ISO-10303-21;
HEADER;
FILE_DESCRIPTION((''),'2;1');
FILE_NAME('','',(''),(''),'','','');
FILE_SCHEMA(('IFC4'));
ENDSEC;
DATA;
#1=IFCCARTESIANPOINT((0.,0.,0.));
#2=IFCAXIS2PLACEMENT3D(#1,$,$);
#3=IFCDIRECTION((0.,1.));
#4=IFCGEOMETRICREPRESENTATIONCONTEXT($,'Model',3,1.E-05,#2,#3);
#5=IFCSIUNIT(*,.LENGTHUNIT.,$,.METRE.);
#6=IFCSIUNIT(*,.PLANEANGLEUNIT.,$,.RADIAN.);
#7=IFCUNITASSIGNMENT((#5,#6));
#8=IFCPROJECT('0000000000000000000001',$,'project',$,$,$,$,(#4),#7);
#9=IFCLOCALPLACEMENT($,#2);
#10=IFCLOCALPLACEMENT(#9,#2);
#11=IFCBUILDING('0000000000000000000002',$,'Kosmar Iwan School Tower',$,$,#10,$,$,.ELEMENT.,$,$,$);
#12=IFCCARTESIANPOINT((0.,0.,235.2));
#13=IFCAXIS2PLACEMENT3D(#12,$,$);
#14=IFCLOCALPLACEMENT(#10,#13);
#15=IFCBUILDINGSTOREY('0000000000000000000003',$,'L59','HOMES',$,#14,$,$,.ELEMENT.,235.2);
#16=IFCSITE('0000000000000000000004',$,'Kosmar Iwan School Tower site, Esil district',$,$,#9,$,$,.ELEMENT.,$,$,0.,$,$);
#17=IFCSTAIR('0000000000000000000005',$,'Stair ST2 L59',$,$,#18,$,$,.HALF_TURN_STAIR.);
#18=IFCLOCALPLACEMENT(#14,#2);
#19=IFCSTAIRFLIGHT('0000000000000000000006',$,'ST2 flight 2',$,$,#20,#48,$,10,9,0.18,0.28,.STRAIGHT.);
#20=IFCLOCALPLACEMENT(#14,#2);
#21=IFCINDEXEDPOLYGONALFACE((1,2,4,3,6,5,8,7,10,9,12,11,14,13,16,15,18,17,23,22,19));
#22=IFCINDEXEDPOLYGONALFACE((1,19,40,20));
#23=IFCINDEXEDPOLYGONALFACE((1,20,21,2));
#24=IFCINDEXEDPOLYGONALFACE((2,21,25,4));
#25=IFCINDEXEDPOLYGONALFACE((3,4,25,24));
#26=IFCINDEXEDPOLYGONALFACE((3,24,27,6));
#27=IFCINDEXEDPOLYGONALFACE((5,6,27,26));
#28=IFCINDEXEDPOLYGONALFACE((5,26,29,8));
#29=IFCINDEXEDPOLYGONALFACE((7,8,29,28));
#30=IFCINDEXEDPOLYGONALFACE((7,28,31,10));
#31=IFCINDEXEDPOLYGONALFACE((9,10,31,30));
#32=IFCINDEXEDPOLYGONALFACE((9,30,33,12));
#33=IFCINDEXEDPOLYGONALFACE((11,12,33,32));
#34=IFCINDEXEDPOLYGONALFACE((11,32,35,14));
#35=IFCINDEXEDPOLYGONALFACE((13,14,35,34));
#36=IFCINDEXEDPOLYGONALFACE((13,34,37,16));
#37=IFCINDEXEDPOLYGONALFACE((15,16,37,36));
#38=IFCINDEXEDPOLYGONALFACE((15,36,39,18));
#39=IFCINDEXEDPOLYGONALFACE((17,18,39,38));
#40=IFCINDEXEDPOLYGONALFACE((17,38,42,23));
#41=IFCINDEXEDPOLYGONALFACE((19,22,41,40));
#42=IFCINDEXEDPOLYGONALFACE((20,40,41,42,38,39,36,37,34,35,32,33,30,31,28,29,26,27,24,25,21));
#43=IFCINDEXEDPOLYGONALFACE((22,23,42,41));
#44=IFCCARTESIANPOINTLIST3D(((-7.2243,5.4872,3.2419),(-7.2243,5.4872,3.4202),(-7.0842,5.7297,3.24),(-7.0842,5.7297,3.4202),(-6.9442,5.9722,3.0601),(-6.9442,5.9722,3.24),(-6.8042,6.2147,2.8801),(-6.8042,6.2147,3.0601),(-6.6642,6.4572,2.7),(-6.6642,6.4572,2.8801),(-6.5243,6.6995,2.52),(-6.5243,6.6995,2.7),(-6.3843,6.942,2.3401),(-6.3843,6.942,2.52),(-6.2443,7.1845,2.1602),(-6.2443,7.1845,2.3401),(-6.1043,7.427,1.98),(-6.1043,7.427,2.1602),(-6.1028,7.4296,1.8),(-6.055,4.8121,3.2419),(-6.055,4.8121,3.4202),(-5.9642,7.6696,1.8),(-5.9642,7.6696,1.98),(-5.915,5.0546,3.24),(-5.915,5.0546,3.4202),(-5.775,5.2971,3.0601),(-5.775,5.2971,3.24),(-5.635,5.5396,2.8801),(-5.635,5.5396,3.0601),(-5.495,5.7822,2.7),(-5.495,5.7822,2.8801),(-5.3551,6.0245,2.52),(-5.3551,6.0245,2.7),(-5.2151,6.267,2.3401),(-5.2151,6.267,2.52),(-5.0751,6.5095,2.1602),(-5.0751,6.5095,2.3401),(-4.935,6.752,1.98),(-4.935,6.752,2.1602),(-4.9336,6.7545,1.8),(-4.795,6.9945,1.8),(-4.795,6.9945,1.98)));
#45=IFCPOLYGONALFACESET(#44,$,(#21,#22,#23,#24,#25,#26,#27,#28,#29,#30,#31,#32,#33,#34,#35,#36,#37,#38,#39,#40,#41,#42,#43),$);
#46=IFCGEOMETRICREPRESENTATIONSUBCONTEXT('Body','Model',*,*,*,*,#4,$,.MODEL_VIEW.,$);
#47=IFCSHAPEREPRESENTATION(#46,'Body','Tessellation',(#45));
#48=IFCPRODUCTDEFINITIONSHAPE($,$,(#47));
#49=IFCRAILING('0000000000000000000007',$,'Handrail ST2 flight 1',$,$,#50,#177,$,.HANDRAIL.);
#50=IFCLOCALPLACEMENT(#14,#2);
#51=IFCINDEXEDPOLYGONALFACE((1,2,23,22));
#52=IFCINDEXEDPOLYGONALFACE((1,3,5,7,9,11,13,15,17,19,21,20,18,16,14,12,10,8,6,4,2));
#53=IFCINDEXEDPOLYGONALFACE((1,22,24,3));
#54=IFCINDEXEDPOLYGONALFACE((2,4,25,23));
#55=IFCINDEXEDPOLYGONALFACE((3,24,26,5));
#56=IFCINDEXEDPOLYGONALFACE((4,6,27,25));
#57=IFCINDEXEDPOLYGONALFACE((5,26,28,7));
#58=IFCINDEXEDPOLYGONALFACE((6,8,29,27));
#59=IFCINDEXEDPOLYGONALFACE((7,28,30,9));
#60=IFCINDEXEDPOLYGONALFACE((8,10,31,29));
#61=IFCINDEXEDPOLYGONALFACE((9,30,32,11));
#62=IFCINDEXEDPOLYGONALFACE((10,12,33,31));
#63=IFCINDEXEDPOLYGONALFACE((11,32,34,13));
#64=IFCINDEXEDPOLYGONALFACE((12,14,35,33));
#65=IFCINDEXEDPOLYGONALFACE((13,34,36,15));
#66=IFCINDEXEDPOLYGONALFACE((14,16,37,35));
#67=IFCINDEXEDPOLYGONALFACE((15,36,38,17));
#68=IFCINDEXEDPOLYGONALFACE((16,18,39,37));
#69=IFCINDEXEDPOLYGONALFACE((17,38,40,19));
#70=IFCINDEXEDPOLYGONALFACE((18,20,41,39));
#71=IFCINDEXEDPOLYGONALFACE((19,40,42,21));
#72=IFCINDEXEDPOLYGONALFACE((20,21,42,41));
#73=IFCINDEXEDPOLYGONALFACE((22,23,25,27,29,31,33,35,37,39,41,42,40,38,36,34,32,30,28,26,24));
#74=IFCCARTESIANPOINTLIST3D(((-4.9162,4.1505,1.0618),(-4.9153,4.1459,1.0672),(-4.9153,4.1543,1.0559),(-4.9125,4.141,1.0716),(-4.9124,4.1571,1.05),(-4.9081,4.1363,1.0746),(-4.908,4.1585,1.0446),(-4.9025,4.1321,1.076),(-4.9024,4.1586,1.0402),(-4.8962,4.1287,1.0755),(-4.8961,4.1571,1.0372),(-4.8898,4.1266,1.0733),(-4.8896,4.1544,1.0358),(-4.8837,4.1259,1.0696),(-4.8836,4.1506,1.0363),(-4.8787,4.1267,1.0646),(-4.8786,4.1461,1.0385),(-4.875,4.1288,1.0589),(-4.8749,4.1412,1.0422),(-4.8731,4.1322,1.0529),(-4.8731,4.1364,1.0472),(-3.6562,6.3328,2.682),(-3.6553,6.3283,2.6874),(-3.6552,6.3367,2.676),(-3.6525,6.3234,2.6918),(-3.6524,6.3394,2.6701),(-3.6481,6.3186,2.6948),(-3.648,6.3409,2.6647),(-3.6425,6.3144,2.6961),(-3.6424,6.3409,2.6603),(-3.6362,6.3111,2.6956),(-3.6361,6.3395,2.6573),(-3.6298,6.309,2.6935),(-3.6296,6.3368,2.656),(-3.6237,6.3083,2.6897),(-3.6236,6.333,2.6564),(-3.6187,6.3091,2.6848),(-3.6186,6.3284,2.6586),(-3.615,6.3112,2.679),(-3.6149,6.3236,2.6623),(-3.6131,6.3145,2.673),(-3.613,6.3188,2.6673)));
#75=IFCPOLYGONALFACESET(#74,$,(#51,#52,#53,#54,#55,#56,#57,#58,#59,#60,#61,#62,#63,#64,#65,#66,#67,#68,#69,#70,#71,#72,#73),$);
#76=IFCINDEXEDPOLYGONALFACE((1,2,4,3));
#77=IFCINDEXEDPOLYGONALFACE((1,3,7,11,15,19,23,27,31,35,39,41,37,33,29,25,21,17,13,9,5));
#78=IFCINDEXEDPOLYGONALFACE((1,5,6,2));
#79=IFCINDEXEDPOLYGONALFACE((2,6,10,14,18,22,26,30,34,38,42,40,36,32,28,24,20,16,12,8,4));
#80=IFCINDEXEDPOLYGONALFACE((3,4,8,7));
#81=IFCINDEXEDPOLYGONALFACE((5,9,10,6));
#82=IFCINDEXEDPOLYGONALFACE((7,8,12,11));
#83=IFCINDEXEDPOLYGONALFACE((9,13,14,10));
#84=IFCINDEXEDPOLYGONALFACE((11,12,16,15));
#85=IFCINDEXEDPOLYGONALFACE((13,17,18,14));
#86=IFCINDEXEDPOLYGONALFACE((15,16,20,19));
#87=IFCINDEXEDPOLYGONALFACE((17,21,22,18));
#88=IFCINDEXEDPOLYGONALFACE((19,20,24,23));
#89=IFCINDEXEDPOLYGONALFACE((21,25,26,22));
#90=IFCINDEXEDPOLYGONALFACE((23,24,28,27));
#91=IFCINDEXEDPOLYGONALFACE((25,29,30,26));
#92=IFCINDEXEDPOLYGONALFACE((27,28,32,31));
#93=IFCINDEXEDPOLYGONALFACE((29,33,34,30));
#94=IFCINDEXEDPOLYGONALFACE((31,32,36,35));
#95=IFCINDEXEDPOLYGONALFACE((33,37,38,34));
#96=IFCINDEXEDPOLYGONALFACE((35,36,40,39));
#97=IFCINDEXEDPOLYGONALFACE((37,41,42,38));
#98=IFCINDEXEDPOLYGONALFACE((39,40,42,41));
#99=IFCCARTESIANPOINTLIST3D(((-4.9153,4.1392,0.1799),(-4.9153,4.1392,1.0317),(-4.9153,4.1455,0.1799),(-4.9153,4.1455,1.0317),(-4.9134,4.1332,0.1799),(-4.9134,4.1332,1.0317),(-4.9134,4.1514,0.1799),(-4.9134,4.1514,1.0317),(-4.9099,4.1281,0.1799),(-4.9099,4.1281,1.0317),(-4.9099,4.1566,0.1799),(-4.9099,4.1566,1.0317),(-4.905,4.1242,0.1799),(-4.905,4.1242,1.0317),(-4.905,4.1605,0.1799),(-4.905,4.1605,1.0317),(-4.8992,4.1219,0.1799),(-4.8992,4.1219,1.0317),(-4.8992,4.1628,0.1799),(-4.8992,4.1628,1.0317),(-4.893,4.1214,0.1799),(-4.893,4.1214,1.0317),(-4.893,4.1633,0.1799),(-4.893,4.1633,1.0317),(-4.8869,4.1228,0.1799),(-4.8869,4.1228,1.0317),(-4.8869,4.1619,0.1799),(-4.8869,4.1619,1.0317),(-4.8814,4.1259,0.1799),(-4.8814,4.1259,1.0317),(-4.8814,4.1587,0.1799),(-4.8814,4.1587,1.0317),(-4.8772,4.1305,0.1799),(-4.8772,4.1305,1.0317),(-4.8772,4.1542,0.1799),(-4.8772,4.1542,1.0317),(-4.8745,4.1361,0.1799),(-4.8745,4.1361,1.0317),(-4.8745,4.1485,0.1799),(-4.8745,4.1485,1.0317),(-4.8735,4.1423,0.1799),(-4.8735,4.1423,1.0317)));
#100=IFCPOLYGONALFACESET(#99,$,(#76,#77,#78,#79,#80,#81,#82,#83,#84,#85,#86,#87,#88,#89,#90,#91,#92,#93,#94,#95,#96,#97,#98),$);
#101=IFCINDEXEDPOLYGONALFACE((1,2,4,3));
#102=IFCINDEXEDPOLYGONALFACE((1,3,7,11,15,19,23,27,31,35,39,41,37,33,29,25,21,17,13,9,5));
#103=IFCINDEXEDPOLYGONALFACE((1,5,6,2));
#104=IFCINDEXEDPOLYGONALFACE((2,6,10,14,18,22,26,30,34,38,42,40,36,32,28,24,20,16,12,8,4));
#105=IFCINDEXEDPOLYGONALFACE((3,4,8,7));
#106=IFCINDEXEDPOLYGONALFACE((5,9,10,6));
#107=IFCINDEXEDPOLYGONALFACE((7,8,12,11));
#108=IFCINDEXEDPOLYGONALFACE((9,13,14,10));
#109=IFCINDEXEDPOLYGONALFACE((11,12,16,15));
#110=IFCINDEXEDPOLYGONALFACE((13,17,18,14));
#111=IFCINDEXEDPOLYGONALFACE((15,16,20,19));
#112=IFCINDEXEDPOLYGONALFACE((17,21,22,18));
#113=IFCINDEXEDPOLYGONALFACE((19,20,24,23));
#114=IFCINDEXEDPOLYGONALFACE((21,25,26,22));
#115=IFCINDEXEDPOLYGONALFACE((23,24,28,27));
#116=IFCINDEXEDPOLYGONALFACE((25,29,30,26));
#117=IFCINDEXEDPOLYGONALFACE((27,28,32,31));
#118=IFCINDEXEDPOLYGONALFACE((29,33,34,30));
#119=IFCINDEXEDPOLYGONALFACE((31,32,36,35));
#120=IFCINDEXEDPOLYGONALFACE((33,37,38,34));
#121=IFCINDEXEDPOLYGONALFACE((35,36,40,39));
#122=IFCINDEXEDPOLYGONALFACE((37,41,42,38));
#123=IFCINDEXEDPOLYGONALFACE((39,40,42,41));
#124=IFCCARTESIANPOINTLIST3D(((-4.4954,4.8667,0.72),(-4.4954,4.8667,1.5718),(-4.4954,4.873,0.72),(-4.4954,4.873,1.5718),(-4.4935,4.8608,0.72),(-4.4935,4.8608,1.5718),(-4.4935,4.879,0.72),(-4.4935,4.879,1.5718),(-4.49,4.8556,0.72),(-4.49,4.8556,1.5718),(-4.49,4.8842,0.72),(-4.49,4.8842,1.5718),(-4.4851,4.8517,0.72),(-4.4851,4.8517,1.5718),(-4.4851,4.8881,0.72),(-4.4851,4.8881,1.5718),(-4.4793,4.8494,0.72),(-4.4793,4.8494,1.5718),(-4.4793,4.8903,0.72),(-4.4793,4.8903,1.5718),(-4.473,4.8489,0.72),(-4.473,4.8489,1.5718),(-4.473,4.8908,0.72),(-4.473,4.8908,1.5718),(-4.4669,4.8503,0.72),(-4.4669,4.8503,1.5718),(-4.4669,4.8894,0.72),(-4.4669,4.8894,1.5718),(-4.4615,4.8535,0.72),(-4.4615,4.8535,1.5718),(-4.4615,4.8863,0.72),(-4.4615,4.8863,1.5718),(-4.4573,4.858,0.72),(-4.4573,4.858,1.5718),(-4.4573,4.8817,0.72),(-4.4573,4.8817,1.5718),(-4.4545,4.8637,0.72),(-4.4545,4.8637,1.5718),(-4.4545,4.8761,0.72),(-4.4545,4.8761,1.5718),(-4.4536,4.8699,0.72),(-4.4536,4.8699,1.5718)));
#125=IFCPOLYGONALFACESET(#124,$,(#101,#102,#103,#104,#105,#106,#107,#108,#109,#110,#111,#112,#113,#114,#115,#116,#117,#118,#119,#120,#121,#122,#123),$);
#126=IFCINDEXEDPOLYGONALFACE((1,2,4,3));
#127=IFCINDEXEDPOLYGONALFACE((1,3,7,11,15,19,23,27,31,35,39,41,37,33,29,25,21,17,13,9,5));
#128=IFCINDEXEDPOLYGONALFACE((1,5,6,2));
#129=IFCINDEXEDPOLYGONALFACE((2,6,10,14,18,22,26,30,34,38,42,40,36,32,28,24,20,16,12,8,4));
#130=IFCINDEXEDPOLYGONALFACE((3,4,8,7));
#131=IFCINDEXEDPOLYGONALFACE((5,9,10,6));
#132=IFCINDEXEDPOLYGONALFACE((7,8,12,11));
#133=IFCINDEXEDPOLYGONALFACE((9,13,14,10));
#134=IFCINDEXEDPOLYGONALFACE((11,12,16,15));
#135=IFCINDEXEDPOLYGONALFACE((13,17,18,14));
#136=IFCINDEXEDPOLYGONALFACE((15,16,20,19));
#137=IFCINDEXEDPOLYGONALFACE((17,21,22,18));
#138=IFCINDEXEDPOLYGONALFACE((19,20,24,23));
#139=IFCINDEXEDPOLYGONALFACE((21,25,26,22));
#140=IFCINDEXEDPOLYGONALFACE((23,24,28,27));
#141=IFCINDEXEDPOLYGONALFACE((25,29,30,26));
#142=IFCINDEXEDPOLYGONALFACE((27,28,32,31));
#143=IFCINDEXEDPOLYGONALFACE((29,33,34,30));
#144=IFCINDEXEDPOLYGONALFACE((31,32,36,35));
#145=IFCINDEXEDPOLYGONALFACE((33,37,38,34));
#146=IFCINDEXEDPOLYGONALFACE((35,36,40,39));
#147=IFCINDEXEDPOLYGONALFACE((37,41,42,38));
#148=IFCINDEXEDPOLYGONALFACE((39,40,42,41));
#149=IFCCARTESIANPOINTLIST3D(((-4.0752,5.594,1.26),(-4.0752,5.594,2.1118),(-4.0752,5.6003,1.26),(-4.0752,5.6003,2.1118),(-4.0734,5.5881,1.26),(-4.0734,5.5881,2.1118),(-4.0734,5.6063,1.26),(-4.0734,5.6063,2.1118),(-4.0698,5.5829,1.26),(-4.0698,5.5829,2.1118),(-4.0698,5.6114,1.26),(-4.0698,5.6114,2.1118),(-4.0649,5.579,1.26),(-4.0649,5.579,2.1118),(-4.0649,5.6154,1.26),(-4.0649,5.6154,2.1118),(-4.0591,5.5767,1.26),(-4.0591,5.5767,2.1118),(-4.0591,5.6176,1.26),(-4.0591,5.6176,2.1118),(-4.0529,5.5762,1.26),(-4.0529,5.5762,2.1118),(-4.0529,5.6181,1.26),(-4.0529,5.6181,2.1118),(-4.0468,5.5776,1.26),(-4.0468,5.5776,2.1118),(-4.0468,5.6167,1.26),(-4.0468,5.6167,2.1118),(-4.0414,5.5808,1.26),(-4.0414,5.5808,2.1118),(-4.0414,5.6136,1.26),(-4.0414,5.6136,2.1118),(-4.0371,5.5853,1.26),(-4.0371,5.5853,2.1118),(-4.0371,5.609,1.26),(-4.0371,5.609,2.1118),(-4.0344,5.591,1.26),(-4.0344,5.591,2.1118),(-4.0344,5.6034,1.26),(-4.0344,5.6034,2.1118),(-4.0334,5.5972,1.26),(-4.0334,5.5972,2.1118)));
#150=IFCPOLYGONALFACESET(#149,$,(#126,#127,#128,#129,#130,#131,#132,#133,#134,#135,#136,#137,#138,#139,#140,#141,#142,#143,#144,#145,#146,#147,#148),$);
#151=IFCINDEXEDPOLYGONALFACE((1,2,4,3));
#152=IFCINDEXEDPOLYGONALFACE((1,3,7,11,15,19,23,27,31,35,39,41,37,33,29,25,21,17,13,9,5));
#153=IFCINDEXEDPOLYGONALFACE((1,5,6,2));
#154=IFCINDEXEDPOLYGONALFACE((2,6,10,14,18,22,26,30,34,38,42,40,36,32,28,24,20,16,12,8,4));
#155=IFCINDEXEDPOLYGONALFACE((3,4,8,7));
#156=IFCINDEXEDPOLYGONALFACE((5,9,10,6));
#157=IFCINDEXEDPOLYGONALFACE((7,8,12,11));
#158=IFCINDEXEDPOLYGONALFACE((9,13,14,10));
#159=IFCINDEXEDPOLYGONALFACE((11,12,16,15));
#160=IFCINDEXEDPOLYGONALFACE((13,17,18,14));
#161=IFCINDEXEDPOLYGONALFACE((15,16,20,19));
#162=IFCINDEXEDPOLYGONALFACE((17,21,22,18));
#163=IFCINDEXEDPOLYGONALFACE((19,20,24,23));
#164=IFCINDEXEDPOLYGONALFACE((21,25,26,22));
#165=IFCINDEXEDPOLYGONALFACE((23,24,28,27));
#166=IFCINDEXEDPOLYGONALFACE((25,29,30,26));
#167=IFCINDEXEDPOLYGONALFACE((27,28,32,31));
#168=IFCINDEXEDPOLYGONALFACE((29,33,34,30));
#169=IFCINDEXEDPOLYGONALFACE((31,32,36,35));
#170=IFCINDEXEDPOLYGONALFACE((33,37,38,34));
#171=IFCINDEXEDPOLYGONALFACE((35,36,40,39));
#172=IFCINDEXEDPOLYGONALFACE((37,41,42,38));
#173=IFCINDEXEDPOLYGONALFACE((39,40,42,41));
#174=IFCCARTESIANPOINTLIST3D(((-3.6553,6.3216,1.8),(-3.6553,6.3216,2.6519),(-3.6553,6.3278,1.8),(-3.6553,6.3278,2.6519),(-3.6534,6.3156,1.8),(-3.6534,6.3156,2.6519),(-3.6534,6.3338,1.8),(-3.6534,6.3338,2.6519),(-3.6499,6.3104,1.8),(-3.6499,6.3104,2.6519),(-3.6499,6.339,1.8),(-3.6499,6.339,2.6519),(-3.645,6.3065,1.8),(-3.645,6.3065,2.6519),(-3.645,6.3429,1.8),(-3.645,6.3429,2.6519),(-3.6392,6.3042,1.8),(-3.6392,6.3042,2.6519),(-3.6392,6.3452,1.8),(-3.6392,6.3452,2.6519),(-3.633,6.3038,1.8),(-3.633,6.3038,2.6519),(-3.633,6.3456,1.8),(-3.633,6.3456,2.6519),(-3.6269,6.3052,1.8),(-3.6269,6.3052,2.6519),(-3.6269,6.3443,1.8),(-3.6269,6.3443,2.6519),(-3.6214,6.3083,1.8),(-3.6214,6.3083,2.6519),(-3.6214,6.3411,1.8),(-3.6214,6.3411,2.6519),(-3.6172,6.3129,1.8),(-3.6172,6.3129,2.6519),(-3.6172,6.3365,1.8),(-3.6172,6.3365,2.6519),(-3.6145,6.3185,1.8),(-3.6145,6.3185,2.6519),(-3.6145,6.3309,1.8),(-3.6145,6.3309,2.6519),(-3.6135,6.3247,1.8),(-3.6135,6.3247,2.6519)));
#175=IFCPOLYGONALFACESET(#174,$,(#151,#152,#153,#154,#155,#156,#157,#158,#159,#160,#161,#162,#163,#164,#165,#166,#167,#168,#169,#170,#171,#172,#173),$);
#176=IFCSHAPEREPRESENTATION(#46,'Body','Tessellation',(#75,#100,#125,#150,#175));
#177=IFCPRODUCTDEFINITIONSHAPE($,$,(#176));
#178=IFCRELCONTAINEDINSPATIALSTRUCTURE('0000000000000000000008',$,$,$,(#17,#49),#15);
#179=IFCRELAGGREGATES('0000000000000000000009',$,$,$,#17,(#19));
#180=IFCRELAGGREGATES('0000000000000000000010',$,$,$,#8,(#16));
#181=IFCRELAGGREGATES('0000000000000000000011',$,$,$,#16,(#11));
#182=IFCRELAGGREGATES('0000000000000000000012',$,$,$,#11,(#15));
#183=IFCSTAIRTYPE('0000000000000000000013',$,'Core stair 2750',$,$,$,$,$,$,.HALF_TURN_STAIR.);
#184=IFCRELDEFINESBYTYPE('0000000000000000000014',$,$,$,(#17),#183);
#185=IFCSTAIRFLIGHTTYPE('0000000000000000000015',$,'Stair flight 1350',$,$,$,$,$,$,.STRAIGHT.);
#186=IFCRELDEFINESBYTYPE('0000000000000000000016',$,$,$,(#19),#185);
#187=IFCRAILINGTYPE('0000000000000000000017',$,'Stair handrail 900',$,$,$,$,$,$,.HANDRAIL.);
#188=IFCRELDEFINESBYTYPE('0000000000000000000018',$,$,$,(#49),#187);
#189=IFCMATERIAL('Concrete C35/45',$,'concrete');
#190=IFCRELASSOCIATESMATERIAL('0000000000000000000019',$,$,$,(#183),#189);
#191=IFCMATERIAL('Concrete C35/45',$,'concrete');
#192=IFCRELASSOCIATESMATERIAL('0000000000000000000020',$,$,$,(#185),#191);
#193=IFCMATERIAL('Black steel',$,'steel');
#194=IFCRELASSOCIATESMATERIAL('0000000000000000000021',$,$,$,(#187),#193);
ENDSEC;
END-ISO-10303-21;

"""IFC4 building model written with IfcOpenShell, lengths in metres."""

from ifc_helpers import new_model, si_unit, direction, frame, origin, origin_2d, place, context, subcontext, project, spatial, polyline, circle, outline, extrude, material, type_object, element, aggregate, save


model = new_model("IFC4")

# Units and contexts
model_context = context("Model", 3, precision=1e-05, world=origin(), true_north=direction((0.0, 1.0)))
body_context = subcontext(model_context, "Body", "Model", "MODEL_VIEW")
ifc_project = project(units=[si_unit("LENGTHUNIT", "METRE"), si_unit("PLANEANGLEUNIT", "RADIAN")], contexts=[model_context])

# Site, building, storey
site_placement = place(None, origin())
site = spatial("IfcSite", under=ifc_project, at=site_placement, Name="Kosmar Iwan School Tower site, Esil district", CompositionType="ELEMENT", RefElevation=0.0)
building_placement = place(site_placement, origin())
building = spatial("IfcBuilding", under=site, at=building_placement, Name="Kosmar Iwan School Tower", CompositionType="ELEMENT")
storey_placement = place(building_placement, frame((0.0, 0.0, 235.2)))
storey = spatial("IfcBuildingStorey", under=building, at=storey_placement, Name="L59", Description="HOMES", CompositionType="ELEMENT", Elevation=235.2)

# Stair, stair flight
ifc_material_1 = material(Name="Concrete C35/45", Category="concrete")
stair_type = type_object("IfcStairType", Name="Core stair 2750", PredefinedType="HALF_TURN_STAIR", material=ifc_material_1)
stair_placement = place(storey_placement, origin())
stair = element("IfcStair", 1, at=stair_placement, inside=storey, type_object=stair_type, Name="Stair ST2 L59", PredefinedType="HALF_TURN_STAIR")
ifc_material_2 = material(Name="Concrete C35/45", Category="concrete")
stair_flight_type = type_object("IfcStairFlightType", Name="Stair flight 1350", PredefinedType="STRAIGHT", material=ifc_material_2)
stair_flight_1_placement = place(storey_placement, frame((-5.3796, 7.332, 1.8), z_axis=(0.0, 0.0, 1.0), x_axis=(-0.5, -0.866025, 0.0)))
stair_flight_1 = element("IfcStairFlight", 2, at=stair_flight_1_placement, type_object=stair_flight_type, Name="ST2 flight 2", NumberOfRisers=10, NumberOfTreads=9, PredefinedType="STRAIGHT", RiserHeight=0.18, TreadLength=0.28, context=body_context, shape_type="SweptSolid", body=[
    extrude(outline(polyline([(0.0, 0.0), (0.0, 0.1799), (0.28, 0.1799), (0.28, 0.3601), (0.5601, 0.3601), (0.5601, 0.54), (0.8401, 0.54), (0.8401, 0.72), (1.1201, 0.72), (1.1201, 0.8999), (1.3999, 0.8999), (1.3999, 1.0801), (1.6799, 1.0801), (1.6799, 1.26), (1.96, 1.26), (1.96, 1.4399), (2.24, 1.4399), (2.24, 1.6201), (2.52, 1.6201), (2.52, 1.8), (2.52, 1.4419), (0.2771, 0.0), (0.0, 0.0)])), frame((0.0, 0.675, 0.0), z_axis=(0.0, -1.0, 0.0), x_axis=(1.0, 0.0, 0.0)), (0.0, 0.0, 1.0), 1.3501),
])
aggregate(stair, [stair_flight_1])

# Railing
ifc_material_3 = material(Name="Black steel", Category="steel")
railing_type = type_object("IfcRailingType", Name="Stair handrail 900", PredefinedType="HANDRAIL", material=ifc_material_3)
railing_1_placement = place(storey_placement, frame((-4.8945, 4.1423, 0.1799)))
element("IfcRailing", 3, at=railing_1_placement, inside=storey, type_object=railing_type, Name="Handrail ST2 flight 1", PredefinedType="HANDRAIL", context=body_context, shape_type="SweptSolid", body=[
    extrude(circle(Radius=0.0239, at=origin_2d()), frame((0.0, 0.0, 0.876), z_axis=(0.420584, 0.728464, 0.540786), x_axis=(-0.866023, 0.500005, 0.0)), (0.0, 0.0, 1.0), 2.9958),
    extrude(circle(Radius=0.021, at=origin_2d()), origin(), (0.0, 0.0, 1.0), 0.8518),
    extrude(circle(Radius=0.021, at=origin_2d()), frame((0.4199, 0.7275, 0.54)), (0.0, 0.0, 1.0), 0.8518),
    extrude(circle(Radius=0.021, at=origin_2d()), frame((0.8401, 1.4548, 1.0801)), (0.0, 0.0, 1.0), 0.8518),
    extrude(circle(Radius=0.021, at=origin_2d()), frame((1.26, 2.1824, 1.6201)), (0.0, 0.0, 1.0), 0.8518),
])

save(model, "model.ifc")
